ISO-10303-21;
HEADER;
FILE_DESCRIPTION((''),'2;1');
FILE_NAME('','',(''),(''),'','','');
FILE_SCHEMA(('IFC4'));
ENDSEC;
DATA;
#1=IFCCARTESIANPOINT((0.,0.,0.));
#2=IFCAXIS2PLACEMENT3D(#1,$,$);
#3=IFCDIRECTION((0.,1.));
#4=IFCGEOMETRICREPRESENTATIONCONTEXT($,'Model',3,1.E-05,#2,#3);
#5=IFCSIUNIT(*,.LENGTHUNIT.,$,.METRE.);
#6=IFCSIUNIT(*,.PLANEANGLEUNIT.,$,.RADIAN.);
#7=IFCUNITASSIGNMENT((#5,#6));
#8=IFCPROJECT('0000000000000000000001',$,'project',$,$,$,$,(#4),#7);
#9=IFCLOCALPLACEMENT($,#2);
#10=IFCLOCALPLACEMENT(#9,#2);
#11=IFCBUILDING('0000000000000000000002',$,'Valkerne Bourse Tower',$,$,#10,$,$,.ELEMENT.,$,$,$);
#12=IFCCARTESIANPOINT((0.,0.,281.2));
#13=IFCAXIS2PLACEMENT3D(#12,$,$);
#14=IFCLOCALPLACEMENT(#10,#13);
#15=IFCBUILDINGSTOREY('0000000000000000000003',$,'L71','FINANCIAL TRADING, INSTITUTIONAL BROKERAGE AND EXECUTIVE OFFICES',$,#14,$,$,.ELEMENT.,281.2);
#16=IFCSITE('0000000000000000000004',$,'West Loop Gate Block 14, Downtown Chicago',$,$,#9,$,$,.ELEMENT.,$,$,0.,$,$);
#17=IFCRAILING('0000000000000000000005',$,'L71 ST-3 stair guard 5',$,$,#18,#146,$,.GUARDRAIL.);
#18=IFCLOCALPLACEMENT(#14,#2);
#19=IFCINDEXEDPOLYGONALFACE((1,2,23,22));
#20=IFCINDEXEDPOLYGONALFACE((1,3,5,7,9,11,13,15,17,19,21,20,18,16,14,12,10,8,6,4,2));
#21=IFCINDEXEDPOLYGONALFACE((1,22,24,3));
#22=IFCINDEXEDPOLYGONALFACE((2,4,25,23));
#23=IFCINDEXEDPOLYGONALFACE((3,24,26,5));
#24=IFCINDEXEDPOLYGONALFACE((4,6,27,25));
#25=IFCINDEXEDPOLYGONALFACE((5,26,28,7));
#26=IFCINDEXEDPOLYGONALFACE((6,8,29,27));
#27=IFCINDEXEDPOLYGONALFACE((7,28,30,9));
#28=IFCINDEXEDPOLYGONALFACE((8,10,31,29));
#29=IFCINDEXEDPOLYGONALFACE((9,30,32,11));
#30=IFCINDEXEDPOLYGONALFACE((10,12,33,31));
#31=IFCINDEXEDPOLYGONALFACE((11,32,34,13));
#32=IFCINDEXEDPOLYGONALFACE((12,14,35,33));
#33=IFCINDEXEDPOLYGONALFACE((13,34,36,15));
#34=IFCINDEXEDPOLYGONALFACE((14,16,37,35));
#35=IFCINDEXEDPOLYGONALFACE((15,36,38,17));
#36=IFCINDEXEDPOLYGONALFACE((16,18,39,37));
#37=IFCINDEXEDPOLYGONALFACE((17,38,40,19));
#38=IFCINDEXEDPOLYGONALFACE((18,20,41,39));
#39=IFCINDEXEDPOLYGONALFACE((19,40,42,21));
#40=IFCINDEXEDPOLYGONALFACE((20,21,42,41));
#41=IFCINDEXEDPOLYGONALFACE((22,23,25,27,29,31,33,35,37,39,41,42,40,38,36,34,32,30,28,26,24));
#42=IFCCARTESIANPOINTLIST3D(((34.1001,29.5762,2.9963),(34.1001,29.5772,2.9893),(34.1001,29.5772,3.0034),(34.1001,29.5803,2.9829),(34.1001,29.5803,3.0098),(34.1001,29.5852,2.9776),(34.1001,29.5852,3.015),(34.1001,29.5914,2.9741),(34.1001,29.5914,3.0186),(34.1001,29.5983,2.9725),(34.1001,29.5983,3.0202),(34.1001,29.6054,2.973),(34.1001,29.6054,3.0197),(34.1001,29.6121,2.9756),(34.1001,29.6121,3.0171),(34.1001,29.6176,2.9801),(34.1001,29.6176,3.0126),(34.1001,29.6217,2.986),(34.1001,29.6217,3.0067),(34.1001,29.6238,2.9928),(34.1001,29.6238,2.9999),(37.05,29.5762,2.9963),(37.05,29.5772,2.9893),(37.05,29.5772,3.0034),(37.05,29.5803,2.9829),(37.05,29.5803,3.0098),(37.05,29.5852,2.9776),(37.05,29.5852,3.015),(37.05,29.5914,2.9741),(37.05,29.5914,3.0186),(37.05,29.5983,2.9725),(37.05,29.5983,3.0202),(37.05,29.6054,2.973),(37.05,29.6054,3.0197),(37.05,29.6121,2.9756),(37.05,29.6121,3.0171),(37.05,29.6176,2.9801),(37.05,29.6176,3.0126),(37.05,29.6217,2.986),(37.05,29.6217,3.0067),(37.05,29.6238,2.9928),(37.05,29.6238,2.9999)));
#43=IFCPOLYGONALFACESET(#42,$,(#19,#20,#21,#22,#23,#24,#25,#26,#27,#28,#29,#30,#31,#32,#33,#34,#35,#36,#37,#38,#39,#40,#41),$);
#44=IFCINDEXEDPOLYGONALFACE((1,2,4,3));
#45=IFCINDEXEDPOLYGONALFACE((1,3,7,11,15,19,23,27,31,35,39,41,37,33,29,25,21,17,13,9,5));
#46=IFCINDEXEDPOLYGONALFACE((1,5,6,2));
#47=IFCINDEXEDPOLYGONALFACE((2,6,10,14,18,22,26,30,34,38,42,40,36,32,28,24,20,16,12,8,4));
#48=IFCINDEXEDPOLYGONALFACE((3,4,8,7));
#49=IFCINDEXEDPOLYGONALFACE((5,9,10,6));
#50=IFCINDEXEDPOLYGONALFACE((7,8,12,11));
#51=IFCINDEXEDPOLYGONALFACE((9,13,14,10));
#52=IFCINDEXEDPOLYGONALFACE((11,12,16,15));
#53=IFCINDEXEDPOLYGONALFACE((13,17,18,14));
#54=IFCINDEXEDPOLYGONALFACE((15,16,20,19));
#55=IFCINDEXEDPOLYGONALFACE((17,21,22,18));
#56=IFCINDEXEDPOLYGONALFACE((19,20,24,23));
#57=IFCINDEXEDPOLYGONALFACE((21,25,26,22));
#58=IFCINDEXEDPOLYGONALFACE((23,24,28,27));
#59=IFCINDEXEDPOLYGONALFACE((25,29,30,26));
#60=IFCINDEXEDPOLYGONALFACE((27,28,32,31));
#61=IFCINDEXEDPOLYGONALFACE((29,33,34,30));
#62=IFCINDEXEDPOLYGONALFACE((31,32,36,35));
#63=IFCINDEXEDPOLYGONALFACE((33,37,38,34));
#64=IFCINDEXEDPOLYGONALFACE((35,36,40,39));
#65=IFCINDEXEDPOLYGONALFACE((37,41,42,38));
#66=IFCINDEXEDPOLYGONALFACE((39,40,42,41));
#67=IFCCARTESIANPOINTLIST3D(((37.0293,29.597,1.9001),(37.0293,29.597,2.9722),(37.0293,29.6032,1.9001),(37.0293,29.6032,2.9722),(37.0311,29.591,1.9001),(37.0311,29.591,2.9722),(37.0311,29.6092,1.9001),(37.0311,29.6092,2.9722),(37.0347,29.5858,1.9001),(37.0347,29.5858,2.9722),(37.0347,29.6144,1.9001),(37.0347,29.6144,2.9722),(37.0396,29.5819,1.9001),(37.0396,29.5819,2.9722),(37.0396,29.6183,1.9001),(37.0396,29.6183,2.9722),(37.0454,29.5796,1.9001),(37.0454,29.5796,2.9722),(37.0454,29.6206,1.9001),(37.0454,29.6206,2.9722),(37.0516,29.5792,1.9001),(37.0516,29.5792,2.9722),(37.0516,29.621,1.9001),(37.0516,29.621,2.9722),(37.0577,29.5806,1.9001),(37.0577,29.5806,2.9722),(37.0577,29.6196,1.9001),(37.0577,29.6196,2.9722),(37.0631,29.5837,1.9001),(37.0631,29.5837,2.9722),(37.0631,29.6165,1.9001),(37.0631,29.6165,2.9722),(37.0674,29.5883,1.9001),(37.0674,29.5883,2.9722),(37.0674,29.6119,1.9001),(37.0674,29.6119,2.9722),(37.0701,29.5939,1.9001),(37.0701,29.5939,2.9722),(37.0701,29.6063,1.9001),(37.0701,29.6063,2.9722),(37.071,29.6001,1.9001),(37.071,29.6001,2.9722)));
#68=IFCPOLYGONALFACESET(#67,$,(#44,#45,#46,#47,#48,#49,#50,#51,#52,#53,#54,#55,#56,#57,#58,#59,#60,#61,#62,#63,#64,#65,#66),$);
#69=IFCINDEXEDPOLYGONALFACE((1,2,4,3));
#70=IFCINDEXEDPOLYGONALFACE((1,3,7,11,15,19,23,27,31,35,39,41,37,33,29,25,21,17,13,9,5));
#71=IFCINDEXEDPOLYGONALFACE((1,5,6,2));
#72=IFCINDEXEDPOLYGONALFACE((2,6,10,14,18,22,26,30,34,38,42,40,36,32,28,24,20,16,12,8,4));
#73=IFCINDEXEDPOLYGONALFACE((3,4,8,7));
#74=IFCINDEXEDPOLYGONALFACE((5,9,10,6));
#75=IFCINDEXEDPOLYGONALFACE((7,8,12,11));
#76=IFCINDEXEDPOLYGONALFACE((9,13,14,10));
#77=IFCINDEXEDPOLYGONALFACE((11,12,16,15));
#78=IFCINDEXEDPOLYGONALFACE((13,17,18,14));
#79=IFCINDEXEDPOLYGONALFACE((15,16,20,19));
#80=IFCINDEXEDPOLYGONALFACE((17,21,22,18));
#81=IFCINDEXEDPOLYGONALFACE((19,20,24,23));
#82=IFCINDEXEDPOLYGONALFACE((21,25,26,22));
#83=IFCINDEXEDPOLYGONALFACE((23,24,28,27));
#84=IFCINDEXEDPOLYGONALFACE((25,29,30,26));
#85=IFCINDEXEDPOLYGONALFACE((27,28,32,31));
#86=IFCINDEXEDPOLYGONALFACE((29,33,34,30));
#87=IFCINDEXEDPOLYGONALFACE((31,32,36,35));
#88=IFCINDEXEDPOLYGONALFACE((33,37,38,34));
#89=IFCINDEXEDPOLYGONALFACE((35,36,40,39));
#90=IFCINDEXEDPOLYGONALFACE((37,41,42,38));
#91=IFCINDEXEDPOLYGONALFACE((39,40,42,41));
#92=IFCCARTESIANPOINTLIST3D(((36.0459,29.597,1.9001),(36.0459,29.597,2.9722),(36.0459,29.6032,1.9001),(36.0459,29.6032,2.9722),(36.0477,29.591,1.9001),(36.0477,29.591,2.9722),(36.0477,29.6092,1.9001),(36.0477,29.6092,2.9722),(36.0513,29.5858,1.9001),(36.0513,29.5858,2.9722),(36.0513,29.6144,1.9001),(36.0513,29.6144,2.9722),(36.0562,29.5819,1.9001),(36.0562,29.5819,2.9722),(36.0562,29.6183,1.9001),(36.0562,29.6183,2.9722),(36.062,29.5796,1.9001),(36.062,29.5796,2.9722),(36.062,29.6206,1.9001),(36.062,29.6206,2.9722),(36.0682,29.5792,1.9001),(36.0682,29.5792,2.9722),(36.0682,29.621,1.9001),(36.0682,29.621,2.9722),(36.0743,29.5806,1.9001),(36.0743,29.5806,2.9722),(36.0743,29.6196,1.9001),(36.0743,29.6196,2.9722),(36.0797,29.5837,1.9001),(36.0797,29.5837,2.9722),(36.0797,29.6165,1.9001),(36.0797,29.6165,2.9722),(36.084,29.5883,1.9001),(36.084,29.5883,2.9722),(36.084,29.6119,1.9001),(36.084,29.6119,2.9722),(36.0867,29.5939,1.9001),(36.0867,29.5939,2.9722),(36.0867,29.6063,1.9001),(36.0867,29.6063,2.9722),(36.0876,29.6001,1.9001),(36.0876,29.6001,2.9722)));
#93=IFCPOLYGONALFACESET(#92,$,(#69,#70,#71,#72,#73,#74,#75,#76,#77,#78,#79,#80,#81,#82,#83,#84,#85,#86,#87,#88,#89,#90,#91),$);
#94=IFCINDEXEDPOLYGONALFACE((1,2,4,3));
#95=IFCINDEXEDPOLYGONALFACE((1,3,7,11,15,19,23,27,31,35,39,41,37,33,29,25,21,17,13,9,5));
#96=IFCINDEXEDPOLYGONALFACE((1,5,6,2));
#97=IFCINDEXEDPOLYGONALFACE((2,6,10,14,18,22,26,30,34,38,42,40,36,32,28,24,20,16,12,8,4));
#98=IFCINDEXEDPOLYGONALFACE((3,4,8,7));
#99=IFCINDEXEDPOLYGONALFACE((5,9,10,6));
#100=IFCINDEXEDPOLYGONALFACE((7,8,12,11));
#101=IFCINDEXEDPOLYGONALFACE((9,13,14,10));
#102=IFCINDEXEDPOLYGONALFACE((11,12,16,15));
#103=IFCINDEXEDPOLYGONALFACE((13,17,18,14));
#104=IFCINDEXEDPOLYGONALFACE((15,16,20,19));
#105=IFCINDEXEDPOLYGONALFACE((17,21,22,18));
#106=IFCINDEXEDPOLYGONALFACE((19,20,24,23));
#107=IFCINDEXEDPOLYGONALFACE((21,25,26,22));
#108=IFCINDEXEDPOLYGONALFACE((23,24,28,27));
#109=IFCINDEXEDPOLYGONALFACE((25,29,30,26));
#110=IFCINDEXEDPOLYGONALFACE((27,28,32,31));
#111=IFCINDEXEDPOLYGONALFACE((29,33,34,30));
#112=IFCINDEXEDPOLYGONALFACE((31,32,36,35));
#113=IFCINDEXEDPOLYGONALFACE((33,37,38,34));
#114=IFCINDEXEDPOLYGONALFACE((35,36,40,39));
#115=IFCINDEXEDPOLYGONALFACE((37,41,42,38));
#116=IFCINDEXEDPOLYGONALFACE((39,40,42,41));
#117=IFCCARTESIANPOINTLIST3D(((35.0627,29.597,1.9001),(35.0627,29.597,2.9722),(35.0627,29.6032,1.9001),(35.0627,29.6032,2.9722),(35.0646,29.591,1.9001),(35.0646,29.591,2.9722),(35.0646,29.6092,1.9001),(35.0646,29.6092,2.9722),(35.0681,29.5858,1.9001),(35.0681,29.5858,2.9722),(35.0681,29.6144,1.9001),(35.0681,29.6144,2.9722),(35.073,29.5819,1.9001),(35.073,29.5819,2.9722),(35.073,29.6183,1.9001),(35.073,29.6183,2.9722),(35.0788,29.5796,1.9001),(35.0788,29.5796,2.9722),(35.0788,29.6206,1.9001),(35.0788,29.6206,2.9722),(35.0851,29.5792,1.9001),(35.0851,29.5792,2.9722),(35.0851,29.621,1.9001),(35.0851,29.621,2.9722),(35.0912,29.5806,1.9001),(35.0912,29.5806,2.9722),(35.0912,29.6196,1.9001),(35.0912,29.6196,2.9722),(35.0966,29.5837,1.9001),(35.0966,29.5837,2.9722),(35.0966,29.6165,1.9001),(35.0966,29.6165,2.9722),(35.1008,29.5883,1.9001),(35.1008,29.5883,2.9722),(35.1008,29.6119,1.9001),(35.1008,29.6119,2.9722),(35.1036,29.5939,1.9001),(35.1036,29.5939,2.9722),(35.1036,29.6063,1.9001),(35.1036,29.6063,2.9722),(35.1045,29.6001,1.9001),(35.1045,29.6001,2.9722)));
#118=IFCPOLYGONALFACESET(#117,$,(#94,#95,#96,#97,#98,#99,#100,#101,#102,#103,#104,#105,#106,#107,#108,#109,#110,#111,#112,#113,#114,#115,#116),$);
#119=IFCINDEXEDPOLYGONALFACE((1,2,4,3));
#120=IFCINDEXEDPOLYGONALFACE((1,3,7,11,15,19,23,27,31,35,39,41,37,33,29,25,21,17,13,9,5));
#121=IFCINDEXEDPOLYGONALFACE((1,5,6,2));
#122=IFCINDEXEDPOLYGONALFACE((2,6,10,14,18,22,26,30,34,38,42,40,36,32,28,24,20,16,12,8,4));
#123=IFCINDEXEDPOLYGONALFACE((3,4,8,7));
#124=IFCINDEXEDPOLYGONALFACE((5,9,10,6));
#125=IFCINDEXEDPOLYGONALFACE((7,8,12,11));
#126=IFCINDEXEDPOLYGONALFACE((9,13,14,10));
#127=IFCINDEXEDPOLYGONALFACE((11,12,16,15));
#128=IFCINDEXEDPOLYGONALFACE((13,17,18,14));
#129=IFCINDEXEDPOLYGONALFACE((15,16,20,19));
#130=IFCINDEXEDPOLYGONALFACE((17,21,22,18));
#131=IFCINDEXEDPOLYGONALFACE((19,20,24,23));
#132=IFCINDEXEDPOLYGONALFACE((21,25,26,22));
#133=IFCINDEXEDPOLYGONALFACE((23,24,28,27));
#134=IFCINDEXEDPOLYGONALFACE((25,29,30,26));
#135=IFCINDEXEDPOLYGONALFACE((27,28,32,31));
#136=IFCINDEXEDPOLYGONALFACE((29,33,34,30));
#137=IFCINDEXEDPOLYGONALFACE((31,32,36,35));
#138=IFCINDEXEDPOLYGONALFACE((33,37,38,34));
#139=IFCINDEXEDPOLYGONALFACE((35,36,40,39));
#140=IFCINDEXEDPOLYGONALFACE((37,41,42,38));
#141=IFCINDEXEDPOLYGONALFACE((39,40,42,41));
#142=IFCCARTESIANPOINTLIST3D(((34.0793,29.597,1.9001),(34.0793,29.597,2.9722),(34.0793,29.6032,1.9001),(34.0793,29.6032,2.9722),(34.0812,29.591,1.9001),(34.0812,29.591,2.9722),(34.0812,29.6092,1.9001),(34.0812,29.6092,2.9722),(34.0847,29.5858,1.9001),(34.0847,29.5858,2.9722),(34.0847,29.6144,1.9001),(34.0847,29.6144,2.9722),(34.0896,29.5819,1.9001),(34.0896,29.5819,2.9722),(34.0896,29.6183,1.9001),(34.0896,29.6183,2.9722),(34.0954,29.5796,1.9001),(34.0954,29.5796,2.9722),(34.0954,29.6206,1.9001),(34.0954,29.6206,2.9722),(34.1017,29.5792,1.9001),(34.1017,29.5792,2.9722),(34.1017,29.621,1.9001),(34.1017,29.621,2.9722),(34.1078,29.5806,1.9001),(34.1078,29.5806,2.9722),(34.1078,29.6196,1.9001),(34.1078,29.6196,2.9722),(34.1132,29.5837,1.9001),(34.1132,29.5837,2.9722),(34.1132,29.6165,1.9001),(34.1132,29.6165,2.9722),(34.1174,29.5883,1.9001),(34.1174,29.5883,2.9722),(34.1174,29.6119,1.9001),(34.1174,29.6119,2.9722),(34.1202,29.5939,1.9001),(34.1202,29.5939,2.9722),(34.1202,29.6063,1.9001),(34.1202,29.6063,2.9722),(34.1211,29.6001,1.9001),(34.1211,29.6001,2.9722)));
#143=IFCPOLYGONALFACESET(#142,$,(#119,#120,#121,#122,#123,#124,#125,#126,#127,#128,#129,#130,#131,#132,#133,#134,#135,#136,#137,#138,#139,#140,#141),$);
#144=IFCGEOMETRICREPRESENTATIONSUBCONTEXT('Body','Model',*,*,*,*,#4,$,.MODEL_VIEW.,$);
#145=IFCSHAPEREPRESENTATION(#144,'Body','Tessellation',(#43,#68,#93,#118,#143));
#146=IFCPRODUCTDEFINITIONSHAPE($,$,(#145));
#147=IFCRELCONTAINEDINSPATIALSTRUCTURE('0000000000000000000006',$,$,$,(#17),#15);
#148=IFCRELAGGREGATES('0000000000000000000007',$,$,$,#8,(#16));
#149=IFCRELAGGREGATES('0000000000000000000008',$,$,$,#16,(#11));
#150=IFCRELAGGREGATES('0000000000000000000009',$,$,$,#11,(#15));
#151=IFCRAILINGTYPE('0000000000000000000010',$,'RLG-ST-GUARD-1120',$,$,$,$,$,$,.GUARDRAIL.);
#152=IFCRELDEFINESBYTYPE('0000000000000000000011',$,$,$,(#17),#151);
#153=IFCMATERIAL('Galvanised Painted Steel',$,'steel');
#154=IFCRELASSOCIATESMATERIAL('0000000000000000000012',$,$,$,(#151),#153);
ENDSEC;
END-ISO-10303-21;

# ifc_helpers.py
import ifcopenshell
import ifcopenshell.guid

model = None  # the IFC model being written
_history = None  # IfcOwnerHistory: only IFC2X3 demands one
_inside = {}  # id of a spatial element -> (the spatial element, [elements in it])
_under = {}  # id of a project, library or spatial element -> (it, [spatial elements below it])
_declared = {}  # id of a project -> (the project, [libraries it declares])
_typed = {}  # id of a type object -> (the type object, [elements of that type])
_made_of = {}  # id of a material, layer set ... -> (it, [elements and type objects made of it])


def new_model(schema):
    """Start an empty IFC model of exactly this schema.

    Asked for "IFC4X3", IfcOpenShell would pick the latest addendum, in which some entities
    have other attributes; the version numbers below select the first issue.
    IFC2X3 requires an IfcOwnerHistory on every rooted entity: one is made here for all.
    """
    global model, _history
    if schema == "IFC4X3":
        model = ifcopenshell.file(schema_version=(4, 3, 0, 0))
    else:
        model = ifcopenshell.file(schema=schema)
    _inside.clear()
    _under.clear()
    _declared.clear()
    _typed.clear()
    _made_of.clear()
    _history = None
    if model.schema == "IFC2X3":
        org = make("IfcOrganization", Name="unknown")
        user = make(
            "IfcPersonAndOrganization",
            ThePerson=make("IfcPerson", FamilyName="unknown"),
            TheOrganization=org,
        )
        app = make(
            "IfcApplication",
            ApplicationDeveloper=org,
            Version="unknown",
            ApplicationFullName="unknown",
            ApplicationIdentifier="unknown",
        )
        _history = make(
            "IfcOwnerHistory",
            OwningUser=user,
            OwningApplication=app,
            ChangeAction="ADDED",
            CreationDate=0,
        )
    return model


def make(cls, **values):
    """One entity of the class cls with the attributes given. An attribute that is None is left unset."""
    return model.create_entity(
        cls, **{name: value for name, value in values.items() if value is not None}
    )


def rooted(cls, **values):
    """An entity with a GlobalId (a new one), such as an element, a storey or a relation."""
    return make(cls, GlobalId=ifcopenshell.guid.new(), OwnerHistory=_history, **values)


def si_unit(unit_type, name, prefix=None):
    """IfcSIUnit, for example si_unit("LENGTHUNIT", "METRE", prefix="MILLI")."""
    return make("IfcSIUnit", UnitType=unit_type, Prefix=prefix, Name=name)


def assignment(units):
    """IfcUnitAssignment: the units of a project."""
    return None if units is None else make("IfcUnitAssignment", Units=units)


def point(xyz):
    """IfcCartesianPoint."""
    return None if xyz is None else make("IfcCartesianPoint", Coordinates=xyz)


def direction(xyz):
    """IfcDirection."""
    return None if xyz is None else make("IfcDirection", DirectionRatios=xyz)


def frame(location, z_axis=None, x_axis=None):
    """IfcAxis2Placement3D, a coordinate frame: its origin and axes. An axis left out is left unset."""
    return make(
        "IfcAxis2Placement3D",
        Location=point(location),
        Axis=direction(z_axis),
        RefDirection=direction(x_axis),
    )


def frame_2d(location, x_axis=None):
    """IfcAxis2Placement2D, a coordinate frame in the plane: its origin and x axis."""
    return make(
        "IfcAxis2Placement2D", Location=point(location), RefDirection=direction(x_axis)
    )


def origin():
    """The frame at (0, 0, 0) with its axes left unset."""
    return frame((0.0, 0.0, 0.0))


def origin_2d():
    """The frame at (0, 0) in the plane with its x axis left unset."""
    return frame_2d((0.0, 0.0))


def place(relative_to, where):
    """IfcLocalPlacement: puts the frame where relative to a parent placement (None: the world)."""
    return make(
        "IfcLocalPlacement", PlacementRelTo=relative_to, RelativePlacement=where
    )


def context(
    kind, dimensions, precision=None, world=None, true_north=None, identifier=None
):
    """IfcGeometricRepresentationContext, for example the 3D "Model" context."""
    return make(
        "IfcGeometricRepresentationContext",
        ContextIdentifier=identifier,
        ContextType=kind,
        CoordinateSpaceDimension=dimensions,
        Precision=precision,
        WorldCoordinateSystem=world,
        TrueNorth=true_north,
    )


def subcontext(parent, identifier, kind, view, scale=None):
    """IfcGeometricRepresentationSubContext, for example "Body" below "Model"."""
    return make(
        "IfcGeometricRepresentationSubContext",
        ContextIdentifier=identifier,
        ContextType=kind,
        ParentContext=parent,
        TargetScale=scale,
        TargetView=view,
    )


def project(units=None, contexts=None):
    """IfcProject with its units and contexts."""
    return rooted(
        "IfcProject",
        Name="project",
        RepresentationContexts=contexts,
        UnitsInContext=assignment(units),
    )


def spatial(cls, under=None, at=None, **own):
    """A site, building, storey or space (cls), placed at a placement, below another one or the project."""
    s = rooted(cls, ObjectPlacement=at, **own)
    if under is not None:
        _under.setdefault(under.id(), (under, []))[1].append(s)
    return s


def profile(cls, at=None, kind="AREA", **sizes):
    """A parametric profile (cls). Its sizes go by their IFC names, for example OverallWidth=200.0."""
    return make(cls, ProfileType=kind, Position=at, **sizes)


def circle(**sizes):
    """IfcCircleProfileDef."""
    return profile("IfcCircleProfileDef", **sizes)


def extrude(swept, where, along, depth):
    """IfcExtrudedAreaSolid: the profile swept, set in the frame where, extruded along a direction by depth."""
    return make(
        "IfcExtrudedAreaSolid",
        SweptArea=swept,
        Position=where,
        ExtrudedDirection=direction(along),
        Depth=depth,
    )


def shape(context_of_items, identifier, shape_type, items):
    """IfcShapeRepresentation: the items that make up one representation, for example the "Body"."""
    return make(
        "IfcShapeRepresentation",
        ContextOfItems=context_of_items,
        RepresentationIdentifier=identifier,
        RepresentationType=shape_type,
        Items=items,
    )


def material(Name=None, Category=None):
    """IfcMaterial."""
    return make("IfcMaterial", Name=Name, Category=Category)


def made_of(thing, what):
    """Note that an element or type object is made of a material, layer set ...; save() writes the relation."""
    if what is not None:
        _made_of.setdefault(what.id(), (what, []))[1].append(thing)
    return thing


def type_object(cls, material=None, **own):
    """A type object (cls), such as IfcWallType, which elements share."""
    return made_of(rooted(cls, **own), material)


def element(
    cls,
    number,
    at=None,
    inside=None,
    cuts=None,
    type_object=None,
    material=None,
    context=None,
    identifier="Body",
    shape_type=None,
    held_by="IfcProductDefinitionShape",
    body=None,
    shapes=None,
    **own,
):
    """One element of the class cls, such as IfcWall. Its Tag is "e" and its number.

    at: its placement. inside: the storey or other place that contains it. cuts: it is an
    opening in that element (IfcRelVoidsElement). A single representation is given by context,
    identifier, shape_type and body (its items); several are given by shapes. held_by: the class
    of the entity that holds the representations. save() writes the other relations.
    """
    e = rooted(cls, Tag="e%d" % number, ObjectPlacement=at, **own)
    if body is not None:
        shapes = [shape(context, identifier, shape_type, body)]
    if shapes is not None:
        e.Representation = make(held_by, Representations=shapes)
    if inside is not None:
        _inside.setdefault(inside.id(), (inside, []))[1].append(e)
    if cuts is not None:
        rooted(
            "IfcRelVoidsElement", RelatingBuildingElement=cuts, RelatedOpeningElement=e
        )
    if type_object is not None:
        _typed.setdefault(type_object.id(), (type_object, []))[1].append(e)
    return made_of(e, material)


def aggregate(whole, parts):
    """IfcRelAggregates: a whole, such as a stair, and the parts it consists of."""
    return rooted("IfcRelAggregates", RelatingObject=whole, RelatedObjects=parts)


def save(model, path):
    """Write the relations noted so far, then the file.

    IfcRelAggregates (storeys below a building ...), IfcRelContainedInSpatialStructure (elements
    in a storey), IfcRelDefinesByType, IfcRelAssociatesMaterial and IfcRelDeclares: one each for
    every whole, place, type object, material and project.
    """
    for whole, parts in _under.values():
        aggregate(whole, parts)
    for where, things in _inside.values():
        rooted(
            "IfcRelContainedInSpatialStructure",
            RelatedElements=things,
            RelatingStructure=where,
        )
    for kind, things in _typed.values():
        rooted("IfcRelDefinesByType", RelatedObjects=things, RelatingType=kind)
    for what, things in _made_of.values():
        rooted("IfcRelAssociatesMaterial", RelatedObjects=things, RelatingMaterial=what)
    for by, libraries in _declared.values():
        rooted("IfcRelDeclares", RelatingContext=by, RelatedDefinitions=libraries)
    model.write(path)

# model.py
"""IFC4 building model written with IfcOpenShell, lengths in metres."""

from ifc_helpers import new_model, si_unit, direction, frame, origin, origin_2d, place, context, subcontext, project, spatial, circle, extrude, material, type_object, element, save


model = new_model("IFC4")

# Units and contexts
model_context = context("Model", 3, precision=1e-05, world=origin(), true_north=direction((0.0, 1.0)))
body_context = subcontext(model_context, "Body", "Model", "MODEL_VIEW")
ifc_project = project(units=[si_unit("LENGTHUNIT", "METRE"), si_unit("PLANEANGLEUNIT", "RADIAN")], contexts=[model_context])

# Site, building, storey
site_placement = place(None, origin())
site = spatial("IfcSite", under=ifc_project, at=site_placement, Name="West Loop Gate Block 14, Downtown Chicago", CompositionType="ELEMENT", RefElevation=0.0)
building_placement = place(site_placement, origin())
building = spatial("IfcBuilding", under=site, at=building_placement, Name="Valkerne Bourse Tower", CompositionType="ELEMENT")
storey_placement = place(building_placement, frame((0.0, 0.0, 281.2)))
storey = spatial("IfcBuildingStorey", under=building, at=storey_placement, Name="L71", Description="FINANCIAL TRADING, INSTITUTIONAL BROKERAGE AND EXECUTIVE OFFICES", CompositionType="ELEMENT", Elevation=281.2)

# Railing
ifc_material_1 = material(Name="Galvanised Painted Steel", Category="steel")
railing_type_1 = type_object("IfcRailingType", Name="RLG-ST-GUARD-1120", PredefinedType="GUARDRAIL", material=ifc_material_1)
railing_1_placement = place(storey_placement, frame((37.05, 29.6001, 1.9001)))
element("IfcRailing", 1, at=railing_1_placement, inside=storey, type_object=railing_type_1, Name="L71 ST-3 stair guard 5", PredefinedType="GUARDRAIL", context=body_context, shape_type="SweptSolid", body=[
    extrude(circle(Radius=0.0239, at=origin_2d()), frame((0.0, 0.0, 1.0962), z_axis=(-1.0, 0.0, 0.0), x_axis=(0.0, -1.0, 0.0)), (0.0, 0.0, 1.0), 2.95),
    extrude(circle(Radius=0.021, at=origin_2d()), origin(), (0.0, 0.0, 1.0), 1.072),
    extrude(circle(Radius=0.021, at=origin_2d()), frame((-0.9834, 0.0, 0.0)), (0.0, 0.0, 1.0), 1.072),
    extrude(circle(Radius=0.021, at=origin_2d()), frame((-1.9666, 0.0, 0.0)), (0.0, 0.0, 1.0), 1.072),
    extrude(circle(Radius=0.021, at=origin_2d()), frame((-2.95, 0.0, 0.0)), (0.0, 0.0, 1.0), 1.072),
])

save(model, "model.ifc")
